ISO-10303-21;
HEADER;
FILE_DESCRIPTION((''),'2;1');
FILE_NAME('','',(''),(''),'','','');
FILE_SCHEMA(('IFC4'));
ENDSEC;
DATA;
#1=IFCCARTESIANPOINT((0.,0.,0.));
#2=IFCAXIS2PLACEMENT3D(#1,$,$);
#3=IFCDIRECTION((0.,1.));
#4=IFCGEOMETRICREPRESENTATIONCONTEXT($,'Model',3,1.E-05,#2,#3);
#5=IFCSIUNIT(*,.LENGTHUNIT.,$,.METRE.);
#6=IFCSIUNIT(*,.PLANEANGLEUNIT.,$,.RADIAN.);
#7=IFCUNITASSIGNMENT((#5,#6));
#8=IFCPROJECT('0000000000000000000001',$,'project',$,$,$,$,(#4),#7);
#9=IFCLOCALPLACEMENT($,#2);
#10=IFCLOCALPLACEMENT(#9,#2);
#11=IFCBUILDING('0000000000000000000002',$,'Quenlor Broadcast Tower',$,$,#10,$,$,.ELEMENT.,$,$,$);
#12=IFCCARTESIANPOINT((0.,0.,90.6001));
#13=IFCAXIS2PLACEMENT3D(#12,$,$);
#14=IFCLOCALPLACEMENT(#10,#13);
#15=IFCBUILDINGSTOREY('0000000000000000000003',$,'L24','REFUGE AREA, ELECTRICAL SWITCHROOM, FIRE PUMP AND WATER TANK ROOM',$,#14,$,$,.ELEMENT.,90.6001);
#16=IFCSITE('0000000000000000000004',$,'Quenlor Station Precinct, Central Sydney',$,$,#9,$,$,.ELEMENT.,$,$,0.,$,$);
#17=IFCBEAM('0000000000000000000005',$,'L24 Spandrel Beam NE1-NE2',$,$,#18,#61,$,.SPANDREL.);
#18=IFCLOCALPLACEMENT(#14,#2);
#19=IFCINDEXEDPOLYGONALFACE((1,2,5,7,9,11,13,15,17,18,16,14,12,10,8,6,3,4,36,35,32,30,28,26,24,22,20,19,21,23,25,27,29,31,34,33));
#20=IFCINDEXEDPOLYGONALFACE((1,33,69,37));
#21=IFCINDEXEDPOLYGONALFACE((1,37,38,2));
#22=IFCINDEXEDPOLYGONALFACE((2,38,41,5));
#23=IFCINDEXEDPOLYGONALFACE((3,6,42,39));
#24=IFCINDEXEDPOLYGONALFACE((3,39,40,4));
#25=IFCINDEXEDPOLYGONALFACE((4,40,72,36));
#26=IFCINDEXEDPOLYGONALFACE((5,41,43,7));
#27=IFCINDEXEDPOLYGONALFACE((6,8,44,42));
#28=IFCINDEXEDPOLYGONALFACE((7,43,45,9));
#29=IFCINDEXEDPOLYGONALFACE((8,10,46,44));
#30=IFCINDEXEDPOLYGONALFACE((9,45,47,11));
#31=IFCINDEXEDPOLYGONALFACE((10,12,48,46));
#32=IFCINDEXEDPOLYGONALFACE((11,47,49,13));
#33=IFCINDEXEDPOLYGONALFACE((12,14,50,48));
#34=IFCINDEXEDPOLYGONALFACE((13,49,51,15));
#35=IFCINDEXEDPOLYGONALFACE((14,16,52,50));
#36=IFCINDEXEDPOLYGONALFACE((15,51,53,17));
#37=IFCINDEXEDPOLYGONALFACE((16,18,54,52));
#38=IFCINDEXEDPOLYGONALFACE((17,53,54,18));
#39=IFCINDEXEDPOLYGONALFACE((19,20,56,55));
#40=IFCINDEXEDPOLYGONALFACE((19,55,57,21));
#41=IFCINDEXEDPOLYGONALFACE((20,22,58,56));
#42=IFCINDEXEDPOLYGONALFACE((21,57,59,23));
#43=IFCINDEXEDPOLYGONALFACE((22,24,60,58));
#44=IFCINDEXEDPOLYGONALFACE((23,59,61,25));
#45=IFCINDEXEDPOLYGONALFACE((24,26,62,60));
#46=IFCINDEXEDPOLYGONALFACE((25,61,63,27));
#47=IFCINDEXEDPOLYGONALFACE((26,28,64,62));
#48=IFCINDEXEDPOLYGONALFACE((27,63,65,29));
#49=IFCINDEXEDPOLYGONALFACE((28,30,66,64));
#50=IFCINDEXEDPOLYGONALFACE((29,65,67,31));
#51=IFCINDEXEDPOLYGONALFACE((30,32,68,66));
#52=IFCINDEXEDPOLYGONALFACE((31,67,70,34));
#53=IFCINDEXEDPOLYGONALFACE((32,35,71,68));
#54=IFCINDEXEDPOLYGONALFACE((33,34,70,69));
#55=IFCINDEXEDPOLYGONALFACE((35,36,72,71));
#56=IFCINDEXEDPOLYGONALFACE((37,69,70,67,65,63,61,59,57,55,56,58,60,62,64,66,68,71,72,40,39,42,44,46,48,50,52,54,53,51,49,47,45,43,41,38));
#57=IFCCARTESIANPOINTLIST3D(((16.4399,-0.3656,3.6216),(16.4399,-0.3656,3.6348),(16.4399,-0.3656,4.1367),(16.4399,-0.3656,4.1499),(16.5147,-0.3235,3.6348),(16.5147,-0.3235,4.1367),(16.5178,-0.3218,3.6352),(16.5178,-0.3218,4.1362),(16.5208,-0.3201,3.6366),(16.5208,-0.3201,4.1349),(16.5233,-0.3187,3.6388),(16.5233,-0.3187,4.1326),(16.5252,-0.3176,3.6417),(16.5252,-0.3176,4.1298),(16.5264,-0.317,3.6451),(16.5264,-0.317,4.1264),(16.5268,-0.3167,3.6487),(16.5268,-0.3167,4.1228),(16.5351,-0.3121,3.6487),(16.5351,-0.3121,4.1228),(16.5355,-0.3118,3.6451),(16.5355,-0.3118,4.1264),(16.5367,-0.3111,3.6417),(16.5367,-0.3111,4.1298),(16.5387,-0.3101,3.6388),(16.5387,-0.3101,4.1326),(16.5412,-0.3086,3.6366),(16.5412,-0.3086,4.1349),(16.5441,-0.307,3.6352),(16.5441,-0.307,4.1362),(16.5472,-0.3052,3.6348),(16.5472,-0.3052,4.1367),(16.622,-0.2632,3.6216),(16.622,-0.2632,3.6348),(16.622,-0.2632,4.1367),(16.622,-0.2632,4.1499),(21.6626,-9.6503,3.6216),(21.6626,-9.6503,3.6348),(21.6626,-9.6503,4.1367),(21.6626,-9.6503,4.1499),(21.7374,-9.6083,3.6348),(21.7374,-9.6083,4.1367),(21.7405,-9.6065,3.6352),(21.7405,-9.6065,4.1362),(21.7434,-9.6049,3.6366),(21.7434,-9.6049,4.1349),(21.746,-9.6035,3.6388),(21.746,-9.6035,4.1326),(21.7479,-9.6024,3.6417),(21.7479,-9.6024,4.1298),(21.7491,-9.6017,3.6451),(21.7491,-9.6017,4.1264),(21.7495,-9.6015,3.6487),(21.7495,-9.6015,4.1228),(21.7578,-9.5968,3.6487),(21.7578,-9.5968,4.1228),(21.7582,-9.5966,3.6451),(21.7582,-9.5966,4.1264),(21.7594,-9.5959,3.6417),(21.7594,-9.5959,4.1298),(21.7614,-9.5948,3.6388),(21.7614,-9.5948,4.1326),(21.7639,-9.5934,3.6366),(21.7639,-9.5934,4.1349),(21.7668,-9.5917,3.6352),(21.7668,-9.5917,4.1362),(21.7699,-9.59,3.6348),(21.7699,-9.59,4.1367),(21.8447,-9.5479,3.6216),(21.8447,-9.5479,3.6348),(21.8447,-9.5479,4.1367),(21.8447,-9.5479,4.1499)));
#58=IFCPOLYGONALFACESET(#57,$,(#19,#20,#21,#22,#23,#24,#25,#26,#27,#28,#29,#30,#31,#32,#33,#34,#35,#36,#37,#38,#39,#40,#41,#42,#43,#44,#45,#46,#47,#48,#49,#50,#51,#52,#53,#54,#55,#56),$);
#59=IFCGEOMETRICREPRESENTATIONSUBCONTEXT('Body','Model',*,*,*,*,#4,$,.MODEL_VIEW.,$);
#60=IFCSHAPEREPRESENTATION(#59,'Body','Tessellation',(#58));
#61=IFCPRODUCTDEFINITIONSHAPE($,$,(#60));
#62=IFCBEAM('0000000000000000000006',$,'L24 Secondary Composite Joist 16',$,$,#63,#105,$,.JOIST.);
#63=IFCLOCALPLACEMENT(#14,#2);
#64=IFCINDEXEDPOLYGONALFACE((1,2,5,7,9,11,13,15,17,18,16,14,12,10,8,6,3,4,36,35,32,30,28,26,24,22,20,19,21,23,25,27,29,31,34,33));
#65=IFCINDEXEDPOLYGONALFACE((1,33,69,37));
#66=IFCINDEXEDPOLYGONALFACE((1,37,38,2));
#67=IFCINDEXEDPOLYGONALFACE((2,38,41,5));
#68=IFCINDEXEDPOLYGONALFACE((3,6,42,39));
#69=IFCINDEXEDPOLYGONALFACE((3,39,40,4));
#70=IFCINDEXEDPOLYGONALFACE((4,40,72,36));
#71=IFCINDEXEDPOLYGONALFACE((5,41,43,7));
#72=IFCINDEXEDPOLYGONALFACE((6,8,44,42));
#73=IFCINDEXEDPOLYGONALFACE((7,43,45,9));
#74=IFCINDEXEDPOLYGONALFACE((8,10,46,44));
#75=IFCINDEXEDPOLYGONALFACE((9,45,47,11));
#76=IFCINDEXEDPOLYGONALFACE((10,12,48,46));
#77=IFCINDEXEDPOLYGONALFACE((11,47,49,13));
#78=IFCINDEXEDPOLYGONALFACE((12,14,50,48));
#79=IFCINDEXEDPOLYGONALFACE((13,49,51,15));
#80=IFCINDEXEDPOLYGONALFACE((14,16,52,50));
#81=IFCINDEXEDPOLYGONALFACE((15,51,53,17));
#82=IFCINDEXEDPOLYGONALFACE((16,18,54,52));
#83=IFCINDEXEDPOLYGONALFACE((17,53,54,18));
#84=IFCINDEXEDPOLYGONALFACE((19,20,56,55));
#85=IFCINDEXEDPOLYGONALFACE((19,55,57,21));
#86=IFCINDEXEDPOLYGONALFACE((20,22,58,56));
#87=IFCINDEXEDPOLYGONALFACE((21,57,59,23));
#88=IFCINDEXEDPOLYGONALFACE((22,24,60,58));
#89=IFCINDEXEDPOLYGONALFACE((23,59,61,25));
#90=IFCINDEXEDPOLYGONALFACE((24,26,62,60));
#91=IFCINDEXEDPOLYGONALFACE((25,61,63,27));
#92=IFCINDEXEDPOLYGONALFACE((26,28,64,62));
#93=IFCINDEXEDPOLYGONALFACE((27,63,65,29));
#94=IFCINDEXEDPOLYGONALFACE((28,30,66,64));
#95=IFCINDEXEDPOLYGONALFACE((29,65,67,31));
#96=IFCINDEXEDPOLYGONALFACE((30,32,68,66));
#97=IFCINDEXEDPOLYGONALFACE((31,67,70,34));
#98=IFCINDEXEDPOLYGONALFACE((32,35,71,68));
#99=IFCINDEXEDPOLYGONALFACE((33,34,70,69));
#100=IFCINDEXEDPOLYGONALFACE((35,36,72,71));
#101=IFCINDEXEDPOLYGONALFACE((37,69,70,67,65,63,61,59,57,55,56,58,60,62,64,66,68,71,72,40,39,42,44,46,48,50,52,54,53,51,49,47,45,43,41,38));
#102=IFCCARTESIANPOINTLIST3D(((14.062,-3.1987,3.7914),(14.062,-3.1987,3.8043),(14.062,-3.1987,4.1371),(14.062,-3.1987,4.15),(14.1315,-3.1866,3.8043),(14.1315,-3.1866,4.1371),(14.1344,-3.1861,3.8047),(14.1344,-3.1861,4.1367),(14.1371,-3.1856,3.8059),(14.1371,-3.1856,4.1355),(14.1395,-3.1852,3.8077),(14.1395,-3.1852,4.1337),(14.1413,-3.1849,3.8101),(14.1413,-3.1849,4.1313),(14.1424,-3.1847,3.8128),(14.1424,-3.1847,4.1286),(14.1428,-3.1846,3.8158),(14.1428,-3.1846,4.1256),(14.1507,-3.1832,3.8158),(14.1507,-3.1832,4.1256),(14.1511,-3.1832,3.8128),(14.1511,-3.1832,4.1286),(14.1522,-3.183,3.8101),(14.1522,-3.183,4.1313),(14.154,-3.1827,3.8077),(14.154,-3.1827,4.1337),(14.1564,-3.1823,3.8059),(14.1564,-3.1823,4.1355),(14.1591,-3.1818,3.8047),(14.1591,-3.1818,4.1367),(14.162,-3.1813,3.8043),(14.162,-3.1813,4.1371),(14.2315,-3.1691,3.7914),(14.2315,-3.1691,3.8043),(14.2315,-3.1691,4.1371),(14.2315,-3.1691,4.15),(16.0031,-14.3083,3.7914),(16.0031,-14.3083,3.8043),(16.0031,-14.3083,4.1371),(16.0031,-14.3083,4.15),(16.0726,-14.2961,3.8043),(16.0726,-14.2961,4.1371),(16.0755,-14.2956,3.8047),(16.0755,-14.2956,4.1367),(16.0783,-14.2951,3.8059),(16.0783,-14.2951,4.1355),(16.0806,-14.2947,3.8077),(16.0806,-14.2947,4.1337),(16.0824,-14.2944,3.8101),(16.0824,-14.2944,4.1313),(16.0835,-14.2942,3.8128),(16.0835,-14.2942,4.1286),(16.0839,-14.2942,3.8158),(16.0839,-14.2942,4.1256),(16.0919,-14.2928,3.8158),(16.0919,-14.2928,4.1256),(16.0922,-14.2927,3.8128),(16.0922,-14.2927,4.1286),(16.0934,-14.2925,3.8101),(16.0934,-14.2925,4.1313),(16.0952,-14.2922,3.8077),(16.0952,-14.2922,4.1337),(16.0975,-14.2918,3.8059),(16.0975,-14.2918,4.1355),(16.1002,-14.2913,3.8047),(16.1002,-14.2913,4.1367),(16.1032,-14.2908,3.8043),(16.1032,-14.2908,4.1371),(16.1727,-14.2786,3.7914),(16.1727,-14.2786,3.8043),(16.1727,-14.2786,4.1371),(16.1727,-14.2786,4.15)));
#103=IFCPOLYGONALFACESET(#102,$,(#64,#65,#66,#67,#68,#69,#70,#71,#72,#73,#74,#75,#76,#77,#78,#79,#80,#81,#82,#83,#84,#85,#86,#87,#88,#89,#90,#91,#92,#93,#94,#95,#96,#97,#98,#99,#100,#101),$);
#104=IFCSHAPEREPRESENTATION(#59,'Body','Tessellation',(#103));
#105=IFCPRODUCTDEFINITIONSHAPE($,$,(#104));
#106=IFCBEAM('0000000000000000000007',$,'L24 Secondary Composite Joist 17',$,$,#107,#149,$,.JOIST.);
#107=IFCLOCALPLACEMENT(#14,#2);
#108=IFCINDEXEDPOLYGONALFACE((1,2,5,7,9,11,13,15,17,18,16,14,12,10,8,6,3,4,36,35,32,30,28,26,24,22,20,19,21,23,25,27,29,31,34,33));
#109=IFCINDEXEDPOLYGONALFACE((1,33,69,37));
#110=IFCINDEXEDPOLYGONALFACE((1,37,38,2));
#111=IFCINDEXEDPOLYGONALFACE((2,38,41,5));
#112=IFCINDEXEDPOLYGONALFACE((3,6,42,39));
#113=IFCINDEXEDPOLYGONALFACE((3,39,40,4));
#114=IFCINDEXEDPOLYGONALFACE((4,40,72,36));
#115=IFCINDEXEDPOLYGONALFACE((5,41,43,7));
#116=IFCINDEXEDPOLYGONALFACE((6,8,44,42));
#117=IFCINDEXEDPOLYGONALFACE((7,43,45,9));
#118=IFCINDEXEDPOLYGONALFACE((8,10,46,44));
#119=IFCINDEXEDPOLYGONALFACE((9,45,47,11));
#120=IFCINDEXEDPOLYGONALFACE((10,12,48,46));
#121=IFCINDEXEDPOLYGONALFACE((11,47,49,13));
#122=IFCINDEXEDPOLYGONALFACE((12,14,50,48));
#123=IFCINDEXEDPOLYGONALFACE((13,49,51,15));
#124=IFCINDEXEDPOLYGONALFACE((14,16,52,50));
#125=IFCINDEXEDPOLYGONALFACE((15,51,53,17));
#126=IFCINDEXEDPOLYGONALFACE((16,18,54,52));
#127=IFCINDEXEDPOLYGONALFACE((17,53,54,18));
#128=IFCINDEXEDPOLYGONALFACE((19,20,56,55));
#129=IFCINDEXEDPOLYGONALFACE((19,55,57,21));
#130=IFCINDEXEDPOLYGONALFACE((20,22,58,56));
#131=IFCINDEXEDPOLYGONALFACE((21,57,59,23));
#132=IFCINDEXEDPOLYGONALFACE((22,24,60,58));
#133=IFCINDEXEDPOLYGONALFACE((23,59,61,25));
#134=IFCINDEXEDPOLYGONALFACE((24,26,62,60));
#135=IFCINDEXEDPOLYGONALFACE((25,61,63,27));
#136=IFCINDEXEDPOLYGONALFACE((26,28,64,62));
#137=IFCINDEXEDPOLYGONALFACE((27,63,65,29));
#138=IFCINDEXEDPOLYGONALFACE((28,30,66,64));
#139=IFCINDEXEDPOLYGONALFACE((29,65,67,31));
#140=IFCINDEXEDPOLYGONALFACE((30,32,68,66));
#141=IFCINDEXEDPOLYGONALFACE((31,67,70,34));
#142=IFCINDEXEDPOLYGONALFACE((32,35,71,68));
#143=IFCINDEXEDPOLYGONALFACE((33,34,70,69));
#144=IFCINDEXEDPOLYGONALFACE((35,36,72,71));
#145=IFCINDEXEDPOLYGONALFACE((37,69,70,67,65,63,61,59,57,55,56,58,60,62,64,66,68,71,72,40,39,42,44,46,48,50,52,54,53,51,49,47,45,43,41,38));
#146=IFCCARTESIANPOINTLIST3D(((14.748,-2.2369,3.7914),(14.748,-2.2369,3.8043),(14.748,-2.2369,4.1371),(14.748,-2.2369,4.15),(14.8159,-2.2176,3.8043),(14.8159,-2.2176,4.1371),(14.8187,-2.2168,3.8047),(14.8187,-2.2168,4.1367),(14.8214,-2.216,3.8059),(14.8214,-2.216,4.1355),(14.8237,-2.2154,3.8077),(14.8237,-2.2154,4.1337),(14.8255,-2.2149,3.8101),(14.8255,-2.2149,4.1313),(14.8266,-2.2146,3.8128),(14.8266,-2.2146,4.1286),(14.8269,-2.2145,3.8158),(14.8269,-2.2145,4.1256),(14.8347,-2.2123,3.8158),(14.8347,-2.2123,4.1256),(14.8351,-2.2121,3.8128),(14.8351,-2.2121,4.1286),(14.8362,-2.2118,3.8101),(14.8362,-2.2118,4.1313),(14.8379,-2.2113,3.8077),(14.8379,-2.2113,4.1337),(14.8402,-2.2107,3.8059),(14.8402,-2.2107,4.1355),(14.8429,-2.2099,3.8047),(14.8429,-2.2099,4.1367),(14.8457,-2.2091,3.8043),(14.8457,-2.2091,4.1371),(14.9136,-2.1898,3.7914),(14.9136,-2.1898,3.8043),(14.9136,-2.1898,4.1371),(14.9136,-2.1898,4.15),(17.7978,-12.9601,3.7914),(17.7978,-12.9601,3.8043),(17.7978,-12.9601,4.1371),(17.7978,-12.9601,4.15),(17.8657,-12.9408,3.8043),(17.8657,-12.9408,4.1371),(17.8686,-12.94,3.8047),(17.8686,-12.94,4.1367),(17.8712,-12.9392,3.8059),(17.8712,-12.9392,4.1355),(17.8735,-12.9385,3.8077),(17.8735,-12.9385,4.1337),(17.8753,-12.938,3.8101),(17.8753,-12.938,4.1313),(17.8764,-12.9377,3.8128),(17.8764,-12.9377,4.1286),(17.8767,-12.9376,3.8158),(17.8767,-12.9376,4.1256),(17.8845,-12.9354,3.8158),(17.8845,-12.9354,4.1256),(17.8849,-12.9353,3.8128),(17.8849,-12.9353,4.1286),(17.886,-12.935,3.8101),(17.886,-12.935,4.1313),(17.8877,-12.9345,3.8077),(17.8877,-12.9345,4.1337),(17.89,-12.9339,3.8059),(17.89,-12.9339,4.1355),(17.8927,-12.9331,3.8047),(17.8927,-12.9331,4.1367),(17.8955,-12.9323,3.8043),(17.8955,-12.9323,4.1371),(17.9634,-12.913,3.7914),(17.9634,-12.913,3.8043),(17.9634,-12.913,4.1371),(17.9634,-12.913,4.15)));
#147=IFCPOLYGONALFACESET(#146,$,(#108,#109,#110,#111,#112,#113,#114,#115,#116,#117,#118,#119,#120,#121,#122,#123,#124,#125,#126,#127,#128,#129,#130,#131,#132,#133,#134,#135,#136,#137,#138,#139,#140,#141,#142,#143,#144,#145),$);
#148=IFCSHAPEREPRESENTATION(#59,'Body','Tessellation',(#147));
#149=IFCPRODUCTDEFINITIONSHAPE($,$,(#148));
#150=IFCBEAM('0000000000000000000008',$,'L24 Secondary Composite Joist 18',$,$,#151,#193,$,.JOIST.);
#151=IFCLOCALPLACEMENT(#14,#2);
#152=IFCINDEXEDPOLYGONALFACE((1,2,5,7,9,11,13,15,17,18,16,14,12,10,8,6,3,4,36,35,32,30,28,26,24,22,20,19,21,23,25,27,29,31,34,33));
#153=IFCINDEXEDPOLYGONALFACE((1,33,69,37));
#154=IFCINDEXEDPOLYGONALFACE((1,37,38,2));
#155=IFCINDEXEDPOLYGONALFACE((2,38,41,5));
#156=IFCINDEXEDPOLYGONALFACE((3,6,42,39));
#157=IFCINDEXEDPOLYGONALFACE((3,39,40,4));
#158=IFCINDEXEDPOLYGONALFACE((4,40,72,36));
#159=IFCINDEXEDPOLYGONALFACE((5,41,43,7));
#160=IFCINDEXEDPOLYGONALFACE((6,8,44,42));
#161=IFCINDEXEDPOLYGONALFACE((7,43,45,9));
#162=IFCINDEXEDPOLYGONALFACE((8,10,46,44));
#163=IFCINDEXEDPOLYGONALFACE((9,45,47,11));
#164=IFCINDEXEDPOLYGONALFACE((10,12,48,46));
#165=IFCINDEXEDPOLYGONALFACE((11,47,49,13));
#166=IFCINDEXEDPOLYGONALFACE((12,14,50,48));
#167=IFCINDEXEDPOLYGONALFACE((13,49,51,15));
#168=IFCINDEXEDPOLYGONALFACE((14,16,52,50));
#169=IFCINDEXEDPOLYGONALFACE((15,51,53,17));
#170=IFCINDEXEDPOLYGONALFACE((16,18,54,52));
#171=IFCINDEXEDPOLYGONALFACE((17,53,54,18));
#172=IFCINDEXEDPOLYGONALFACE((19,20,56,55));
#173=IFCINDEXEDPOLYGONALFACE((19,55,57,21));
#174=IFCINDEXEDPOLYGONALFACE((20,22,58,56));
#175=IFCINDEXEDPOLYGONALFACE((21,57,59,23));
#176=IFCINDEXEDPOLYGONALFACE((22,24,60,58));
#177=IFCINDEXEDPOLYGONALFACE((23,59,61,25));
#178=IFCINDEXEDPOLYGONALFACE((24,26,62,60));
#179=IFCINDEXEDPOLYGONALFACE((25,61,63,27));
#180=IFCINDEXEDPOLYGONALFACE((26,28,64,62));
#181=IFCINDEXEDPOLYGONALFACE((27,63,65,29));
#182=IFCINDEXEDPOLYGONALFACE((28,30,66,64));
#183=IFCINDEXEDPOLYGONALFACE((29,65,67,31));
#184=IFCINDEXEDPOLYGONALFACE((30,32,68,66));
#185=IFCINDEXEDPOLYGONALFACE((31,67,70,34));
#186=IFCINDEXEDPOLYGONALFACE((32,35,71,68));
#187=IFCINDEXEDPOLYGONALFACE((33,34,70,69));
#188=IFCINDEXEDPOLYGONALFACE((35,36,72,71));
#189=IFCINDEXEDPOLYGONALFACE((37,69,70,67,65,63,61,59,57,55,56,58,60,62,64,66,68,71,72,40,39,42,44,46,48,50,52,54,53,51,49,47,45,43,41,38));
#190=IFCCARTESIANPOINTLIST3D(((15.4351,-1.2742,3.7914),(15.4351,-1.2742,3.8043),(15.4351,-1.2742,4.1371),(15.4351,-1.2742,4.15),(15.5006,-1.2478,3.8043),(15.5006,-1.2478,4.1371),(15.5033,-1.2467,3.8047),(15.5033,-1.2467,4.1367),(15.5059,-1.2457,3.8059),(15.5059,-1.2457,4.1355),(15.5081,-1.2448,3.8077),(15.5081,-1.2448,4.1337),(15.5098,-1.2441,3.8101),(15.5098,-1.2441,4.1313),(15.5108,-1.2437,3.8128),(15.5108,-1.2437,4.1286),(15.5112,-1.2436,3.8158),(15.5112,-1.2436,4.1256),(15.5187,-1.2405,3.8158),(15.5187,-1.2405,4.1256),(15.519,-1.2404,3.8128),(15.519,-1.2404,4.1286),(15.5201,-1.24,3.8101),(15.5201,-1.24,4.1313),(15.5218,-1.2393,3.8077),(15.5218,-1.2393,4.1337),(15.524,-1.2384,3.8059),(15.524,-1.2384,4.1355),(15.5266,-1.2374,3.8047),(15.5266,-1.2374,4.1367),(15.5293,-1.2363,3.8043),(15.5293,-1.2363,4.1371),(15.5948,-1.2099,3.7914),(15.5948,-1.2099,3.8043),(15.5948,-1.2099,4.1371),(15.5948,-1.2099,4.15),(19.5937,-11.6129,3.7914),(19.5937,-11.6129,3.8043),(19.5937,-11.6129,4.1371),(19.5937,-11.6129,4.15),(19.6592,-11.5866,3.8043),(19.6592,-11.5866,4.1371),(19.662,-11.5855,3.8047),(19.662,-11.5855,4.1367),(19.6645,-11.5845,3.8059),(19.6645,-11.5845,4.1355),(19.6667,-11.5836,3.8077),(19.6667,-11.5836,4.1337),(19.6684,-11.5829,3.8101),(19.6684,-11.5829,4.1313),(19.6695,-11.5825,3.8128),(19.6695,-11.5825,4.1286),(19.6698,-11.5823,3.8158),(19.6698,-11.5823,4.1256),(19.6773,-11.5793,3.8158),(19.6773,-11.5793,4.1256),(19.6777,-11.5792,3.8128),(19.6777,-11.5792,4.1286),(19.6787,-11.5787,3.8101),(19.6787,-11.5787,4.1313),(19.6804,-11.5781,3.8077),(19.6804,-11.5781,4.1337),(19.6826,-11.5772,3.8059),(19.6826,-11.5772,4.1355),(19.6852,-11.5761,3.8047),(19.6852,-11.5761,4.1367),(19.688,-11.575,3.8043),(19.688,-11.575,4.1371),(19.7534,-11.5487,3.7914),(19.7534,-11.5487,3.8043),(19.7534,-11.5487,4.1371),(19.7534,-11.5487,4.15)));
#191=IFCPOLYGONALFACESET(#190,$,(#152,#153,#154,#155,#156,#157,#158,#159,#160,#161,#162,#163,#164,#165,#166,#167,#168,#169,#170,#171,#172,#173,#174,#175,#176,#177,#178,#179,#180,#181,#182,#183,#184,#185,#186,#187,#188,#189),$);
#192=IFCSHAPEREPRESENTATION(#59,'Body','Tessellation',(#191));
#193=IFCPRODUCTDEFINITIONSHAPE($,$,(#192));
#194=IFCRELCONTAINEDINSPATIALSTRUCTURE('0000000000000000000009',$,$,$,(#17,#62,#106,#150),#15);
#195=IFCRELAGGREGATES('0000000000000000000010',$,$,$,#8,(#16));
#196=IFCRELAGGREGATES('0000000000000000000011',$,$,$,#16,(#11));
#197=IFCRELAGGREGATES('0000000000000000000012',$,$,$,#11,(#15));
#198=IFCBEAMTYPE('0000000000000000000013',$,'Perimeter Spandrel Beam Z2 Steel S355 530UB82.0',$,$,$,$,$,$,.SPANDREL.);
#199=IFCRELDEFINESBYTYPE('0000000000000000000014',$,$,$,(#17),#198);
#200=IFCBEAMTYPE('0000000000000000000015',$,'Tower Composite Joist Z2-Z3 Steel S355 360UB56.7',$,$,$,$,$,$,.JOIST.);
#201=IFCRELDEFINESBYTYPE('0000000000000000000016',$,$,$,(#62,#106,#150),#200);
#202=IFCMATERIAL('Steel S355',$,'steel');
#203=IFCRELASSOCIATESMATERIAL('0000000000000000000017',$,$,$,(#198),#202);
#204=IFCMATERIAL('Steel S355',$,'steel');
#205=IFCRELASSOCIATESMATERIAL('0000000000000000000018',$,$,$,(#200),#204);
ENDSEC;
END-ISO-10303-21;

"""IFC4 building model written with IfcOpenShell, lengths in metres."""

from ifc_helpers import new_model, si_unit, direction, frame, origin, origin_2d, place, context, subcontext, project, spatial, i_section, extrude, material, material_profile, profile_set, type_object, element, save


model = new_model("IFC4")

# Units and contexts
model_context = context("Model", 3, precision=1e-05, world=origin(), true_north=direction((0.0, 1.0)))
body_context = subcontext(model_context, "Body", "Model", "MODEL_VIEW")
ifc_project = project(units=[si_unit("LENGTHUNIT", "METRE"), si_unit("PLANEANGLEUNIT", "RADIAN")], contexts=[model_context])

# Site, building, storey
site_placement = place(None, origin())
site = spatial("IfcSite", under=ifc_project, at=site_placement, Name="Quenlor Station Precinct, Central Sydney", CompositionType="ELEMENT", RefElevation=0.0)
building_placement = place(site_placement, origin())
building = spatial("IfcBuilding", under=site, at=building_placement, Name="Quenlor Broadcast Tower", CompositionType="ELEMENT")
storey_placement = place(building_placement, frame((0.0, 0.0, 90.6001)))
storey = spatial("IfcBuildingStorey", under=building, at=storey_placement, Name="L24", Description="REFUGE AREA, ELECTRICAL SWITCHROOM, FIRE PUMP AND WATER TANK ROOM", CompositionType="ELEMENT", Elevation=90.6001)

# Beams
ifc_material_1 = material(Name="Steel S355", Category="steel")
ifc_material_profile_1 = material_profile(ifc_material_1, i_section(OverallWidth=0.209, OverallDepth=0.5283, WebThickness=0.0095, FlangeThickness=0.0132, FilletRadius=0.0139, at=origin_2d()))
ifc_profile_set_1 = profile_set([ifc_material_profile_1], Name="Steel S355 530UB82.0")
beam_type_1 = type_object("IfcBeamType", Name="Perimeter Spandrel Beam Z2 Steel S355 530UB82.0", PredefinedType="SPANDREL", material=ifc_profile_set_1)
beam_1_placement = place(storey_placement, frame((21.7537, -9.5991, 3.8857), z_axis=(-0.490263, 0.871574, 0.0), x_axis=(-0.871574, -0.490263, 0.0)))
element("IfcBeam", 1, at=beam_1_placement, inside=storey, type_object=beam_type_1, Name="L24 Spandrel Beam NE1-NE2", PredefinedType="SPANDREL", context=body_context, shape_type="SweptSolid", body=[
    extrude(i_section(OverallWidth=0.209, OverallDepth=0.5283, WebThickness=0.0095, FlangeThickness=0.0132, FilletRadius=0.0139, at=origin_2d()), origin(), (0.0, 0.0, 1.0), 10.6528),
])
ifc_material_2 = material(Name="Steel S355", Category="steel")
ifc_material_profile_2 = material_profile(ifc_material_2, i_section(OverallWidth=0.1721, OverallDepth=0.3586, WebThickness=0.0081, FlangeThickness=0.0129, FilletRadius=0.0115, at=origin_2d()))
ifc_profile_set_2 = profile_set([ifc_material_profile_2], Name="Steel S355 360UB56.7")
beam_type_2 = type_object("IfcBeamType", Name="Tower Composite Joist Z2-Z3 Steel S355 360UB56.7", PredefinedType="JOIST", material=ifc_profile_set_2)
beam_2_placement = place(storey_placement, frame((16.0879, -14.2935, 3.9707), z_axis=(-0.17212, 0.985076, 0.0), x_axis=(-0.985076, -0.17212, 0.0)))
element("IfcBeam", 2, at=beam_2_placement, inside=storey, type_object=beam_type_2, Name="L24 Secondary Composite Joist 16", PredefinedType="JOIST", context=body_context, shape_type="SweptSolid", body=[
    extrude(i_section(OverallWidth=0.1721, OverallDepth=0.3586, WebThickness=0.0081, FlangeThickness=0.0129, FilletRadius=0.0115, at=origin_2d()), origin(), (0.0, 0.0, 1.0), 11.2778),
])
beam_3_placement = place(storey_placement, frame((17.8806, -12.9365, 3.9707), z_axis=(-0.273564, 0.961854, 0.0), x_axis=(-0.961854, -0.273564, 0.0)))
element("IfcBeam", 3, at=beam_3_placement, inside=storey, type_object=beam_type_2, Name="L24 Secondary Composite Joist 17", PredefinedType="JOIST", context=body_context, shape_type="SweptSolid", body=[
    extrude(i_section(OverallWidth=0.1721, OverallDepth=0.3586, WebThickness=0.0081, FlangeThickness=0.0129, FilletRadius=0.0115, at=origin_2d()), origin(), (0.0, 0.0, 1.0), 11.1484),
])
beam_4_placement = place(storey_placement, frame((19.6736, -11.5808, 3.9707), z_axis=(-0.37318, 0.927759, 0.0), x_axis=(-0.927759, -0.37318, 0.0)))
element("IfcBeam", 4, at=beam_4_placement, inside=storey, type_object=beam_type_2, Name="L24 Secondary Composite Joist 18", PredefinedType="JOIST", context=body_context, shape_type="SweptSolid", body=[
    extrude(i_section(OverallWidth=0.1721, OverallDepth=0.3586, WebThickness=0.0081, FlangeThickness=0.0129, FilletRadius=0.0115, at=origin_2d()), origin(), (0.0, 0.0, 1.0), 11.1438),
])

save(model, "model.ifc")
